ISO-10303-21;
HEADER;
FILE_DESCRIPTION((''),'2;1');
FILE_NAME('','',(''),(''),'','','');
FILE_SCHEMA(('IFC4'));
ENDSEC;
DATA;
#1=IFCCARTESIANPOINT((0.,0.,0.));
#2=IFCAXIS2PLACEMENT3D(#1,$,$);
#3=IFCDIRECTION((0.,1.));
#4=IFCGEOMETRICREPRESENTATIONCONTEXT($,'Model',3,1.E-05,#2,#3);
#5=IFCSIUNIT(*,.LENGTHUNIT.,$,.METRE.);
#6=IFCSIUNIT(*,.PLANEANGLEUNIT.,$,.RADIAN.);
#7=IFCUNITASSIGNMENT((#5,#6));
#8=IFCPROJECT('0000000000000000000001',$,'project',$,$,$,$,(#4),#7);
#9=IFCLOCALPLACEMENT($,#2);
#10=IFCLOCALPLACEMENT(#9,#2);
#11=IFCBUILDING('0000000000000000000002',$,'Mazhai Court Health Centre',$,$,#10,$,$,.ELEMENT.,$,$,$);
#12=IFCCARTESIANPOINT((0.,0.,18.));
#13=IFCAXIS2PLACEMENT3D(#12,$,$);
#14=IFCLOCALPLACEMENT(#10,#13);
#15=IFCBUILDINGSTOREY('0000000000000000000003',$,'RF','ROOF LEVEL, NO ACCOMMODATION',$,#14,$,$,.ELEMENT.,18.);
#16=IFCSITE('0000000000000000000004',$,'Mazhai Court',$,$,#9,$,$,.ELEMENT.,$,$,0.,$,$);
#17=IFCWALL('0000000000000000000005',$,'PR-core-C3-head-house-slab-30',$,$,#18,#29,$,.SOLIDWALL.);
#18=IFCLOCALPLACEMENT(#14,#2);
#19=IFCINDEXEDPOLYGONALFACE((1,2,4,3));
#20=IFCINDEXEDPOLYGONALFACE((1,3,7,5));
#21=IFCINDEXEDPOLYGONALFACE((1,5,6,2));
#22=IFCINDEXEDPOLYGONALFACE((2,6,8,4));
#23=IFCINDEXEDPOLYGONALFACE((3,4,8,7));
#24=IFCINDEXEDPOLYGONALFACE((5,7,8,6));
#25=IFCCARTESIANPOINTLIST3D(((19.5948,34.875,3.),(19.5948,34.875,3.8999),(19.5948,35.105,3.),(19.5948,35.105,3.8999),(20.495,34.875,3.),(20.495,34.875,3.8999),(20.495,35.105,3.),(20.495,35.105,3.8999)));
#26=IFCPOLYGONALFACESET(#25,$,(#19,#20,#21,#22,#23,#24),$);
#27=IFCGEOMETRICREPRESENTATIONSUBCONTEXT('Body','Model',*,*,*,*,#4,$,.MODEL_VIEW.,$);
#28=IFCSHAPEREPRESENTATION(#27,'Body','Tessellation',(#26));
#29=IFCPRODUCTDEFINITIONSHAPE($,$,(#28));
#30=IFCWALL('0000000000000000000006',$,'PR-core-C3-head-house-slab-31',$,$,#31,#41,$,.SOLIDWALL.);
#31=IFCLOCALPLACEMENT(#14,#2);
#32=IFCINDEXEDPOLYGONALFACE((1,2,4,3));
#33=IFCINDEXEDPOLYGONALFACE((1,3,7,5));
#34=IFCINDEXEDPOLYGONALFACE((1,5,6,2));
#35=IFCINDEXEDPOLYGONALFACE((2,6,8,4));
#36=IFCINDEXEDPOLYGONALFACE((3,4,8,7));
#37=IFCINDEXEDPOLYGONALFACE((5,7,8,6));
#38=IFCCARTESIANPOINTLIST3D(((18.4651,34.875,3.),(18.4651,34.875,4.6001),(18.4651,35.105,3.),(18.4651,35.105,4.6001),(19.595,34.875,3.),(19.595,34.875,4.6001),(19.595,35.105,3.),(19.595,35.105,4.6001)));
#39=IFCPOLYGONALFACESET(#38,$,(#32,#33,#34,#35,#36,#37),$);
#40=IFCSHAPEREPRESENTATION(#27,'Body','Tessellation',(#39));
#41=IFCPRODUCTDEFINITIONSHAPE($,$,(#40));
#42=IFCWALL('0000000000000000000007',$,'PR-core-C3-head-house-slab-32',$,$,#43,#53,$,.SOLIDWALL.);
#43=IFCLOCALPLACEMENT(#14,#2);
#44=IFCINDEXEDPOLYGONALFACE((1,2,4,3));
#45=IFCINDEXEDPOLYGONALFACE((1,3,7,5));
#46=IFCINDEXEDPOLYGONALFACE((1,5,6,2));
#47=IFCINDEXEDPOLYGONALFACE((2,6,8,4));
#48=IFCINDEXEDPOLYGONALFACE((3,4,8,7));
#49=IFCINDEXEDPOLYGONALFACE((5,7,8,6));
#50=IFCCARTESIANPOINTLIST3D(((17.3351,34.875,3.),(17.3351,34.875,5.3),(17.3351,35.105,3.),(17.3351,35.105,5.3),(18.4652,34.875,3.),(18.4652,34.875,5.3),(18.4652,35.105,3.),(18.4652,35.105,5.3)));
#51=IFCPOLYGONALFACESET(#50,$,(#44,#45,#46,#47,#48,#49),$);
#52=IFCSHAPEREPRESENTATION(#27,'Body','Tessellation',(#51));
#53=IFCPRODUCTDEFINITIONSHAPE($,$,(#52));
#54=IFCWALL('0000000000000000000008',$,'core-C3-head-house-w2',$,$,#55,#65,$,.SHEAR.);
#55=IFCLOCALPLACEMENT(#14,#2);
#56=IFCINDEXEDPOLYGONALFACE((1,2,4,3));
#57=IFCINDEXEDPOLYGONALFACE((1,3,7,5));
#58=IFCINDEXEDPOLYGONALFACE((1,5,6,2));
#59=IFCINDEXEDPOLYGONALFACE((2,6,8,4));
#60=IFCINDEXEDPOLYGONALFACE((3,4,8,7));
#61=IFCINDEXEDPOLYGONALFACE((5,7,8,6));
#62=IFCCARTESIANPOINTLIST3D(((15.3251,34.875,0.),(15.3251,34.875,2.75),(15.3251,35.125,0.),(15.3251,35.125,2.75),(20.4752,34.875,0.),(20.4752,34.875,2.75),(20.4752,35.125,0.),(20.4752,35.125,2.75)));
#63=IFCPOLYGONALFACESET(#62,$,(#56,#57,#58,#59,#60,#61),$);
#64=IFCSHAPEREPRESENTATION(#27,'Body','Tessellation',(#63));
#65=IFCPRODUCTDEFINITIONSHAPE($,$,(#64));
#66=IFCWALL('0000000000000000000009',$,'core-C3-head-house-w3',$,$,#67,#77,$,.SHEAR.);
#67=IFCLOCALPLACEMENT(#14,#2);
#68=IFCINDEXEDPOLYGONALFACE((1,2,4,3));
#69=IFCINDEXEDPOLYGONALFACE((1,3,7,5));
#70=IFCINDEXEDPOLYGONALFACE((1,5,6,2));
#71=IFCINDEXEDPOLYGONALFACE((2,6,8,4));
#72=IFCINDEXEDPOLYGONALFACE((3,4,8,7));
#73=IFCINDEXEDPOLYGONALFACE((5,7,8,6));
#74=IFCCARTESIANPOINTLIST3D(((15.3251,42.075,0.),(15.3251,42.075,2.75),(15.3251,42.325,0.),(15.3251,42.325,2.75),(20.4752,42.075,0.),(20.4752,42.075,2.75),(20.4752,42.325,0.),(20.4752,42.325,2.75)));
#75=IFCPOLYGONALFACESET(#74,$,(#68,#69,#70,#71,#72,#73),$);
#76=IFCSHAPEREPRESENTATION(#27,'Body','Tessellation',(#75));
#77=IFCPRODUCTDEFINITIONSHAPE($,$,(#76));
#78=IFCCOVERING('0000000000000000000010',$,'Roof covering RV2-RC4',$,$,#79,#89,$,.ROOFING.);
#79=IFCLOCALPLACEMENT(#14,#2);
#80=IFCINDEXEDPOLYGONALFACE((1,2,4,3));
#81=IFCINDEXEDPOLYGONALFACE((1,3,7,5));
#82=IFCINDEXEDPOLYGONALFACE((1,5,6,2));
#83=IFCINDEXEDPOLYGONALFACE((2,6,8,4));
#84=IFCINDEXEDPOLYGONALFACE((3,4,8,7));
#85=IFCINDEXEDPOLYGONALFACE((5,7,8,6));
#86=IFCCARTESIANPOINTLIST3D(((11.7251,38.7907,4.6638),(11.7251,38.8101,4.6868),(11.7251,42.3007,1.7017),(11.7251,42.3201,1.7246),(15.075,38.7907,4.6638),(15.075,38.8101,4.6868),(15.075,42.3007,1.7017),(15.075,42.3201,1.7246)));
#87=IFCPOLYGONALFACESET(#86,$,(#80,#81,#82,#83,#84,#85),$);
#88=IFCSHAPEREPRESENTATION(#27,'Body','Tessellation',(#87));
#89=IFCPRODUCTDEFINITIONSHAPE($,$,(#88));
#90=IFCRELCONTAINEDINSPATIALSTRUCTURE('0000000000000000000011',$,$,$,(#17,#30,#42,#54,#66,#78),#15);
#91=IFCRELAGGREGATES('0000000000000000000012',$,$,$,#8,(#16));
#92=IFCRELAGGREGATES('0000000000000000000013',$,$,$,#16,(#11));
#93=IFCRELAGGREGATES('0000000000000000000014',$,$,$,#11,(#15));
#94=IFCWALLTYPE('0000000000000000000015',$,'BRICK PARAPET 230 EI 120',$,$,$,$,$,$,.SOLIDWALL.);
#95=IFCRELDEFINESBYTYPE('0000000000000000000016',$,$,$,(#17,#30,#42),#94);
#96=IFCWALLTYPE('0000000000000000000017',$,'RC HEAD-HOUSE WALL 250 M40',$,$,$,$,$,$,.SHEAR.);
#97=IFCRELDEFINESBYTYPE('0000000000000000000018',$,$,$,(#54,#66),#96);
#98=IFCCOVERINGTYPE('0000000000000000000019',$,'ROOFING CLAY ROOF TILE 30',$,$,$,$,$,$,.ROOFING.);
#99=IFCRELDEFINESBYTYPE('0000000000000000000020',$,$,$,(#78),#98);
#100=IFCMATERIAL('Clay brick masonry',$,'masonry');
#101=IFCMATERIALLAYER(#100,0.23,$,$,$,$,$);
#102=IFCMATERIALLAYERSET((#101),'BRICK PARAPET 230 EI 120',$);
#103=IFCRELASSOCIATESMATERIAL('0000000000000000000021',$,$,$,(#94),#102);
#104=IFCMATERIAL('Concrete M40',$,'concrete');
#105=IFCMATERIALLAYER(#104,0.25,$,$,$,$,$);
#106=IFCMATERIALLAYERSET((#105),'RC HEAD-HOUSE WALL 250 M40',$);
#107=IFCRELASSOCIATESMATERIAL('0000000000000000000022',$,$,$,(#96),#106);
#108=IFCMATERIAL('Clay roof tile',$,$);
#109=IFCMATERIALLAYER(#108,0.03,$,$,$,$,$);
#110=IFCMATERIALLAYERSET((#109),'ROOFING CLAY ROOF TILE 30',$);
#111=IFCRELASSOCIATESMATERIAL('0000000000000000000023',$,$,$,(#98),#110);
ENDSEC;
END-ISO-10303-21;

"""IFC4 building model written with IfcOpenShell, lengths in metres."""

from ifc_helpers import new_model, si_unit, direction, frame, frame_2d, origin, place, context, subcontext, project, spatial, polyline, rectangle, outline, extrude, material, layer, layer_set, type_object, element, save


model = new_model("IFC4")

# Units and contexts
model_context = context("Model", 3, precision=1e-05, world=origin(), true_north=direction((0.0, 1.0)))
body_context = subcontext(model_context, "Body", "Model", "MODEL_VIEW")
ifc_project = project(units=[si_unit("LENGTHUNIT", "METRE"), si_unit("PLANEANGLEUNIT", "RADIAN")], contexts=[model_context])

# Site, building, storey
site_placement = place(None, origin())
site = spatial("IfcSite", under=ifc_project, at=site_placement, Name="Mazhai Court", CompositionType="ELEMENT", RefElevation=0.0)
building_placement = place(site_placement, origin())
building = spatial("IfcBuilding", under=site, at=building_placement, Name="Mazhai Court Health Centre", CompositionType="ELEMENT")
storey_placement = place(building_placement, frame((0.0, 0.0, 18.0)))
storey = spatial("IfcBuildingStorey", under=building, at=storey_placement, Name="RF", Description="ROOF LEVEL, NO ACCOMMODATION", CompositionType="ELEMENT", Elevation=18.0)

# Walls
ifc_material_1 = material(Name="Clay brick masonry", Category="masonry")
ifc_layer_1 = layer(ifc_material_1, 0.23)
ifc_layer_set_1 = layer_set([ifc_layer_1], Name="BRICK PARAPET 230 EI 120")
wall_type_1 = type_object("IfcWallType", Name="BRICK PARAPET 230 EI 120", PredefinedType="SOLIDWALL", material=ifc_layer_set_1)
wall_1_placement = place(storey_placement, frame((20.4951, 34.99, 3.0), z_axis=(0.0, 0.0, 1.0), x_axis=(-1.0, 0.0, 0.0)))
element("IfcWall", 1, at=wall_1_placement, inside=storey, type_object=wall_type_1, Name="PR-core-C3-head-house-slab-30", PredefinedType="SOLIDWALL", context=body_context, shape_type="SweptSolid", body=[
    extrude(rectangle(XDim=0.9001, YDim=0.23, at=frame_2d((0.4502, 0.0))), origin(), (0.0, 0.0, 1.0), 0.8999),
])
wall_2_placement = place(storey_placement, frame((19.595, 34.99, 3.0), z_axis=(0.0, 0.0, 1.0), x_axis=(-1.0, 0.0, 0.0)))
element("IfcWall", 2, at=wall_2_placement, inside=storey, type_object=wall_type_1, Name="PR-core-C3-head-house-slab-31", PredefinedType="SOLIDWALL", context=body_context, shape_type="SweptSolid", body=[
    extrude(rectangle(XDim=1.1299, YDim=0.23, at=frame_2d((0.5649, 0.0))), origin(), (0.0, 0.0, 1.0), 1.6001),
])
wall_3_placement = place(storey_placement, frame((18.4651, 34.99, 3.0), z_axis=(0.0, 0.0, 1.0), x_axis=(-1.0, 0.0, 0.0)))
element("IfcWall", 3, at=wall_3_placement, inside=storey, type_object=wall_type_1, Name="PR-core-C3-head-house-slab-32", PredefinedType="SOLIDWALL", context=body_context, shape_type="SweptSolid", body=[
    extrude(rectangle(XDim=1.1301, YDim=0.23, at=frame_2d((0.5649, 0.0))), origin(), (0.0, 0.0, 1.0), 2.3),
])
ifc_material_2 = material(Name="Concrete M40", Category="concrete")
ifc_layer_2 = layer(ifc_material_2, 0.25)
ifc_layer_set_2 = layer_set([ifc_layer_2], Name="RC HEAD-HOUSE WALL 250 M40")
wall_type_2 = type_object("IfcWallType", Name="RC HEAD-HOUSE WALL 250 M40", PredefinedType="SHEAR", material=ifc_layer_set_2)
for number, where, z_axis, x_axis, name in (
    (4, (15.325, 35.0, 0.0), (0.0, 0.0, 1.0), (1.0, 0.0, 0.0), "core-C3-head-house-w2"),
    (5, (15.325, 42.2, 0.0), (0.0, 0.0, 1.0), (1.0, 0.0, 0.0), "core-C3-head-house-w3"),
):
    element("IfcWall", number, at=place(storey_placement, frame(where, z_axis=z_axis, x_axis=x_axis)), inside=storey, type_object=wall_type_2, Name=name, PredefinedType="SHEAR", context=body_context, shape_type="SweptSolid", body=[
        extrude(rectangle(XDim=5.1501, YDim=0.25, at=frame_2d((2.5752, 0.0))), origin(), (0.0, 0.0, 1.0), 2.75),
    ])

# Covering
ifc_material_3 = material(Name="Clay roof tile")
ifc_layer_3 = layer(ifc_material_3, 0.03)
ifc_layer_set_3 = layer_set([ifc_layer_3], Name="ROOFING CLAY ROOF TILE 30")
covering_type = type_object("IfcCoveringType", Name="ROOFING CLAY ROOF TILE 30", PredefinedType="ROOFING", material=ifc_layer_set_3)
covering_placement = place(storey_placement, frame((15.075, 42.3201, 1.7246), z_axis=(0.0, 0.644946, 0.764228), x_axis=(0.0, -0.764228, 0.644946)))
element("IfcCovering", 6, at=covering_placement, inside=storey, type_object=covering_type, Name="Roof covering RV2-RC4", PredefinedType="ROOFING", context=body_context, shape_type="SweptSolid", body=[
    extrude(outline(polyline([(0.0, 0.0), (4.5929, 0.0), (4.5929, -3.3499), (0.0, -3.3499), (0.0, 0.0)])), origin(), (0.0, 0.0, -1.0), 0.03),
])

save(model, "model.ifc")
